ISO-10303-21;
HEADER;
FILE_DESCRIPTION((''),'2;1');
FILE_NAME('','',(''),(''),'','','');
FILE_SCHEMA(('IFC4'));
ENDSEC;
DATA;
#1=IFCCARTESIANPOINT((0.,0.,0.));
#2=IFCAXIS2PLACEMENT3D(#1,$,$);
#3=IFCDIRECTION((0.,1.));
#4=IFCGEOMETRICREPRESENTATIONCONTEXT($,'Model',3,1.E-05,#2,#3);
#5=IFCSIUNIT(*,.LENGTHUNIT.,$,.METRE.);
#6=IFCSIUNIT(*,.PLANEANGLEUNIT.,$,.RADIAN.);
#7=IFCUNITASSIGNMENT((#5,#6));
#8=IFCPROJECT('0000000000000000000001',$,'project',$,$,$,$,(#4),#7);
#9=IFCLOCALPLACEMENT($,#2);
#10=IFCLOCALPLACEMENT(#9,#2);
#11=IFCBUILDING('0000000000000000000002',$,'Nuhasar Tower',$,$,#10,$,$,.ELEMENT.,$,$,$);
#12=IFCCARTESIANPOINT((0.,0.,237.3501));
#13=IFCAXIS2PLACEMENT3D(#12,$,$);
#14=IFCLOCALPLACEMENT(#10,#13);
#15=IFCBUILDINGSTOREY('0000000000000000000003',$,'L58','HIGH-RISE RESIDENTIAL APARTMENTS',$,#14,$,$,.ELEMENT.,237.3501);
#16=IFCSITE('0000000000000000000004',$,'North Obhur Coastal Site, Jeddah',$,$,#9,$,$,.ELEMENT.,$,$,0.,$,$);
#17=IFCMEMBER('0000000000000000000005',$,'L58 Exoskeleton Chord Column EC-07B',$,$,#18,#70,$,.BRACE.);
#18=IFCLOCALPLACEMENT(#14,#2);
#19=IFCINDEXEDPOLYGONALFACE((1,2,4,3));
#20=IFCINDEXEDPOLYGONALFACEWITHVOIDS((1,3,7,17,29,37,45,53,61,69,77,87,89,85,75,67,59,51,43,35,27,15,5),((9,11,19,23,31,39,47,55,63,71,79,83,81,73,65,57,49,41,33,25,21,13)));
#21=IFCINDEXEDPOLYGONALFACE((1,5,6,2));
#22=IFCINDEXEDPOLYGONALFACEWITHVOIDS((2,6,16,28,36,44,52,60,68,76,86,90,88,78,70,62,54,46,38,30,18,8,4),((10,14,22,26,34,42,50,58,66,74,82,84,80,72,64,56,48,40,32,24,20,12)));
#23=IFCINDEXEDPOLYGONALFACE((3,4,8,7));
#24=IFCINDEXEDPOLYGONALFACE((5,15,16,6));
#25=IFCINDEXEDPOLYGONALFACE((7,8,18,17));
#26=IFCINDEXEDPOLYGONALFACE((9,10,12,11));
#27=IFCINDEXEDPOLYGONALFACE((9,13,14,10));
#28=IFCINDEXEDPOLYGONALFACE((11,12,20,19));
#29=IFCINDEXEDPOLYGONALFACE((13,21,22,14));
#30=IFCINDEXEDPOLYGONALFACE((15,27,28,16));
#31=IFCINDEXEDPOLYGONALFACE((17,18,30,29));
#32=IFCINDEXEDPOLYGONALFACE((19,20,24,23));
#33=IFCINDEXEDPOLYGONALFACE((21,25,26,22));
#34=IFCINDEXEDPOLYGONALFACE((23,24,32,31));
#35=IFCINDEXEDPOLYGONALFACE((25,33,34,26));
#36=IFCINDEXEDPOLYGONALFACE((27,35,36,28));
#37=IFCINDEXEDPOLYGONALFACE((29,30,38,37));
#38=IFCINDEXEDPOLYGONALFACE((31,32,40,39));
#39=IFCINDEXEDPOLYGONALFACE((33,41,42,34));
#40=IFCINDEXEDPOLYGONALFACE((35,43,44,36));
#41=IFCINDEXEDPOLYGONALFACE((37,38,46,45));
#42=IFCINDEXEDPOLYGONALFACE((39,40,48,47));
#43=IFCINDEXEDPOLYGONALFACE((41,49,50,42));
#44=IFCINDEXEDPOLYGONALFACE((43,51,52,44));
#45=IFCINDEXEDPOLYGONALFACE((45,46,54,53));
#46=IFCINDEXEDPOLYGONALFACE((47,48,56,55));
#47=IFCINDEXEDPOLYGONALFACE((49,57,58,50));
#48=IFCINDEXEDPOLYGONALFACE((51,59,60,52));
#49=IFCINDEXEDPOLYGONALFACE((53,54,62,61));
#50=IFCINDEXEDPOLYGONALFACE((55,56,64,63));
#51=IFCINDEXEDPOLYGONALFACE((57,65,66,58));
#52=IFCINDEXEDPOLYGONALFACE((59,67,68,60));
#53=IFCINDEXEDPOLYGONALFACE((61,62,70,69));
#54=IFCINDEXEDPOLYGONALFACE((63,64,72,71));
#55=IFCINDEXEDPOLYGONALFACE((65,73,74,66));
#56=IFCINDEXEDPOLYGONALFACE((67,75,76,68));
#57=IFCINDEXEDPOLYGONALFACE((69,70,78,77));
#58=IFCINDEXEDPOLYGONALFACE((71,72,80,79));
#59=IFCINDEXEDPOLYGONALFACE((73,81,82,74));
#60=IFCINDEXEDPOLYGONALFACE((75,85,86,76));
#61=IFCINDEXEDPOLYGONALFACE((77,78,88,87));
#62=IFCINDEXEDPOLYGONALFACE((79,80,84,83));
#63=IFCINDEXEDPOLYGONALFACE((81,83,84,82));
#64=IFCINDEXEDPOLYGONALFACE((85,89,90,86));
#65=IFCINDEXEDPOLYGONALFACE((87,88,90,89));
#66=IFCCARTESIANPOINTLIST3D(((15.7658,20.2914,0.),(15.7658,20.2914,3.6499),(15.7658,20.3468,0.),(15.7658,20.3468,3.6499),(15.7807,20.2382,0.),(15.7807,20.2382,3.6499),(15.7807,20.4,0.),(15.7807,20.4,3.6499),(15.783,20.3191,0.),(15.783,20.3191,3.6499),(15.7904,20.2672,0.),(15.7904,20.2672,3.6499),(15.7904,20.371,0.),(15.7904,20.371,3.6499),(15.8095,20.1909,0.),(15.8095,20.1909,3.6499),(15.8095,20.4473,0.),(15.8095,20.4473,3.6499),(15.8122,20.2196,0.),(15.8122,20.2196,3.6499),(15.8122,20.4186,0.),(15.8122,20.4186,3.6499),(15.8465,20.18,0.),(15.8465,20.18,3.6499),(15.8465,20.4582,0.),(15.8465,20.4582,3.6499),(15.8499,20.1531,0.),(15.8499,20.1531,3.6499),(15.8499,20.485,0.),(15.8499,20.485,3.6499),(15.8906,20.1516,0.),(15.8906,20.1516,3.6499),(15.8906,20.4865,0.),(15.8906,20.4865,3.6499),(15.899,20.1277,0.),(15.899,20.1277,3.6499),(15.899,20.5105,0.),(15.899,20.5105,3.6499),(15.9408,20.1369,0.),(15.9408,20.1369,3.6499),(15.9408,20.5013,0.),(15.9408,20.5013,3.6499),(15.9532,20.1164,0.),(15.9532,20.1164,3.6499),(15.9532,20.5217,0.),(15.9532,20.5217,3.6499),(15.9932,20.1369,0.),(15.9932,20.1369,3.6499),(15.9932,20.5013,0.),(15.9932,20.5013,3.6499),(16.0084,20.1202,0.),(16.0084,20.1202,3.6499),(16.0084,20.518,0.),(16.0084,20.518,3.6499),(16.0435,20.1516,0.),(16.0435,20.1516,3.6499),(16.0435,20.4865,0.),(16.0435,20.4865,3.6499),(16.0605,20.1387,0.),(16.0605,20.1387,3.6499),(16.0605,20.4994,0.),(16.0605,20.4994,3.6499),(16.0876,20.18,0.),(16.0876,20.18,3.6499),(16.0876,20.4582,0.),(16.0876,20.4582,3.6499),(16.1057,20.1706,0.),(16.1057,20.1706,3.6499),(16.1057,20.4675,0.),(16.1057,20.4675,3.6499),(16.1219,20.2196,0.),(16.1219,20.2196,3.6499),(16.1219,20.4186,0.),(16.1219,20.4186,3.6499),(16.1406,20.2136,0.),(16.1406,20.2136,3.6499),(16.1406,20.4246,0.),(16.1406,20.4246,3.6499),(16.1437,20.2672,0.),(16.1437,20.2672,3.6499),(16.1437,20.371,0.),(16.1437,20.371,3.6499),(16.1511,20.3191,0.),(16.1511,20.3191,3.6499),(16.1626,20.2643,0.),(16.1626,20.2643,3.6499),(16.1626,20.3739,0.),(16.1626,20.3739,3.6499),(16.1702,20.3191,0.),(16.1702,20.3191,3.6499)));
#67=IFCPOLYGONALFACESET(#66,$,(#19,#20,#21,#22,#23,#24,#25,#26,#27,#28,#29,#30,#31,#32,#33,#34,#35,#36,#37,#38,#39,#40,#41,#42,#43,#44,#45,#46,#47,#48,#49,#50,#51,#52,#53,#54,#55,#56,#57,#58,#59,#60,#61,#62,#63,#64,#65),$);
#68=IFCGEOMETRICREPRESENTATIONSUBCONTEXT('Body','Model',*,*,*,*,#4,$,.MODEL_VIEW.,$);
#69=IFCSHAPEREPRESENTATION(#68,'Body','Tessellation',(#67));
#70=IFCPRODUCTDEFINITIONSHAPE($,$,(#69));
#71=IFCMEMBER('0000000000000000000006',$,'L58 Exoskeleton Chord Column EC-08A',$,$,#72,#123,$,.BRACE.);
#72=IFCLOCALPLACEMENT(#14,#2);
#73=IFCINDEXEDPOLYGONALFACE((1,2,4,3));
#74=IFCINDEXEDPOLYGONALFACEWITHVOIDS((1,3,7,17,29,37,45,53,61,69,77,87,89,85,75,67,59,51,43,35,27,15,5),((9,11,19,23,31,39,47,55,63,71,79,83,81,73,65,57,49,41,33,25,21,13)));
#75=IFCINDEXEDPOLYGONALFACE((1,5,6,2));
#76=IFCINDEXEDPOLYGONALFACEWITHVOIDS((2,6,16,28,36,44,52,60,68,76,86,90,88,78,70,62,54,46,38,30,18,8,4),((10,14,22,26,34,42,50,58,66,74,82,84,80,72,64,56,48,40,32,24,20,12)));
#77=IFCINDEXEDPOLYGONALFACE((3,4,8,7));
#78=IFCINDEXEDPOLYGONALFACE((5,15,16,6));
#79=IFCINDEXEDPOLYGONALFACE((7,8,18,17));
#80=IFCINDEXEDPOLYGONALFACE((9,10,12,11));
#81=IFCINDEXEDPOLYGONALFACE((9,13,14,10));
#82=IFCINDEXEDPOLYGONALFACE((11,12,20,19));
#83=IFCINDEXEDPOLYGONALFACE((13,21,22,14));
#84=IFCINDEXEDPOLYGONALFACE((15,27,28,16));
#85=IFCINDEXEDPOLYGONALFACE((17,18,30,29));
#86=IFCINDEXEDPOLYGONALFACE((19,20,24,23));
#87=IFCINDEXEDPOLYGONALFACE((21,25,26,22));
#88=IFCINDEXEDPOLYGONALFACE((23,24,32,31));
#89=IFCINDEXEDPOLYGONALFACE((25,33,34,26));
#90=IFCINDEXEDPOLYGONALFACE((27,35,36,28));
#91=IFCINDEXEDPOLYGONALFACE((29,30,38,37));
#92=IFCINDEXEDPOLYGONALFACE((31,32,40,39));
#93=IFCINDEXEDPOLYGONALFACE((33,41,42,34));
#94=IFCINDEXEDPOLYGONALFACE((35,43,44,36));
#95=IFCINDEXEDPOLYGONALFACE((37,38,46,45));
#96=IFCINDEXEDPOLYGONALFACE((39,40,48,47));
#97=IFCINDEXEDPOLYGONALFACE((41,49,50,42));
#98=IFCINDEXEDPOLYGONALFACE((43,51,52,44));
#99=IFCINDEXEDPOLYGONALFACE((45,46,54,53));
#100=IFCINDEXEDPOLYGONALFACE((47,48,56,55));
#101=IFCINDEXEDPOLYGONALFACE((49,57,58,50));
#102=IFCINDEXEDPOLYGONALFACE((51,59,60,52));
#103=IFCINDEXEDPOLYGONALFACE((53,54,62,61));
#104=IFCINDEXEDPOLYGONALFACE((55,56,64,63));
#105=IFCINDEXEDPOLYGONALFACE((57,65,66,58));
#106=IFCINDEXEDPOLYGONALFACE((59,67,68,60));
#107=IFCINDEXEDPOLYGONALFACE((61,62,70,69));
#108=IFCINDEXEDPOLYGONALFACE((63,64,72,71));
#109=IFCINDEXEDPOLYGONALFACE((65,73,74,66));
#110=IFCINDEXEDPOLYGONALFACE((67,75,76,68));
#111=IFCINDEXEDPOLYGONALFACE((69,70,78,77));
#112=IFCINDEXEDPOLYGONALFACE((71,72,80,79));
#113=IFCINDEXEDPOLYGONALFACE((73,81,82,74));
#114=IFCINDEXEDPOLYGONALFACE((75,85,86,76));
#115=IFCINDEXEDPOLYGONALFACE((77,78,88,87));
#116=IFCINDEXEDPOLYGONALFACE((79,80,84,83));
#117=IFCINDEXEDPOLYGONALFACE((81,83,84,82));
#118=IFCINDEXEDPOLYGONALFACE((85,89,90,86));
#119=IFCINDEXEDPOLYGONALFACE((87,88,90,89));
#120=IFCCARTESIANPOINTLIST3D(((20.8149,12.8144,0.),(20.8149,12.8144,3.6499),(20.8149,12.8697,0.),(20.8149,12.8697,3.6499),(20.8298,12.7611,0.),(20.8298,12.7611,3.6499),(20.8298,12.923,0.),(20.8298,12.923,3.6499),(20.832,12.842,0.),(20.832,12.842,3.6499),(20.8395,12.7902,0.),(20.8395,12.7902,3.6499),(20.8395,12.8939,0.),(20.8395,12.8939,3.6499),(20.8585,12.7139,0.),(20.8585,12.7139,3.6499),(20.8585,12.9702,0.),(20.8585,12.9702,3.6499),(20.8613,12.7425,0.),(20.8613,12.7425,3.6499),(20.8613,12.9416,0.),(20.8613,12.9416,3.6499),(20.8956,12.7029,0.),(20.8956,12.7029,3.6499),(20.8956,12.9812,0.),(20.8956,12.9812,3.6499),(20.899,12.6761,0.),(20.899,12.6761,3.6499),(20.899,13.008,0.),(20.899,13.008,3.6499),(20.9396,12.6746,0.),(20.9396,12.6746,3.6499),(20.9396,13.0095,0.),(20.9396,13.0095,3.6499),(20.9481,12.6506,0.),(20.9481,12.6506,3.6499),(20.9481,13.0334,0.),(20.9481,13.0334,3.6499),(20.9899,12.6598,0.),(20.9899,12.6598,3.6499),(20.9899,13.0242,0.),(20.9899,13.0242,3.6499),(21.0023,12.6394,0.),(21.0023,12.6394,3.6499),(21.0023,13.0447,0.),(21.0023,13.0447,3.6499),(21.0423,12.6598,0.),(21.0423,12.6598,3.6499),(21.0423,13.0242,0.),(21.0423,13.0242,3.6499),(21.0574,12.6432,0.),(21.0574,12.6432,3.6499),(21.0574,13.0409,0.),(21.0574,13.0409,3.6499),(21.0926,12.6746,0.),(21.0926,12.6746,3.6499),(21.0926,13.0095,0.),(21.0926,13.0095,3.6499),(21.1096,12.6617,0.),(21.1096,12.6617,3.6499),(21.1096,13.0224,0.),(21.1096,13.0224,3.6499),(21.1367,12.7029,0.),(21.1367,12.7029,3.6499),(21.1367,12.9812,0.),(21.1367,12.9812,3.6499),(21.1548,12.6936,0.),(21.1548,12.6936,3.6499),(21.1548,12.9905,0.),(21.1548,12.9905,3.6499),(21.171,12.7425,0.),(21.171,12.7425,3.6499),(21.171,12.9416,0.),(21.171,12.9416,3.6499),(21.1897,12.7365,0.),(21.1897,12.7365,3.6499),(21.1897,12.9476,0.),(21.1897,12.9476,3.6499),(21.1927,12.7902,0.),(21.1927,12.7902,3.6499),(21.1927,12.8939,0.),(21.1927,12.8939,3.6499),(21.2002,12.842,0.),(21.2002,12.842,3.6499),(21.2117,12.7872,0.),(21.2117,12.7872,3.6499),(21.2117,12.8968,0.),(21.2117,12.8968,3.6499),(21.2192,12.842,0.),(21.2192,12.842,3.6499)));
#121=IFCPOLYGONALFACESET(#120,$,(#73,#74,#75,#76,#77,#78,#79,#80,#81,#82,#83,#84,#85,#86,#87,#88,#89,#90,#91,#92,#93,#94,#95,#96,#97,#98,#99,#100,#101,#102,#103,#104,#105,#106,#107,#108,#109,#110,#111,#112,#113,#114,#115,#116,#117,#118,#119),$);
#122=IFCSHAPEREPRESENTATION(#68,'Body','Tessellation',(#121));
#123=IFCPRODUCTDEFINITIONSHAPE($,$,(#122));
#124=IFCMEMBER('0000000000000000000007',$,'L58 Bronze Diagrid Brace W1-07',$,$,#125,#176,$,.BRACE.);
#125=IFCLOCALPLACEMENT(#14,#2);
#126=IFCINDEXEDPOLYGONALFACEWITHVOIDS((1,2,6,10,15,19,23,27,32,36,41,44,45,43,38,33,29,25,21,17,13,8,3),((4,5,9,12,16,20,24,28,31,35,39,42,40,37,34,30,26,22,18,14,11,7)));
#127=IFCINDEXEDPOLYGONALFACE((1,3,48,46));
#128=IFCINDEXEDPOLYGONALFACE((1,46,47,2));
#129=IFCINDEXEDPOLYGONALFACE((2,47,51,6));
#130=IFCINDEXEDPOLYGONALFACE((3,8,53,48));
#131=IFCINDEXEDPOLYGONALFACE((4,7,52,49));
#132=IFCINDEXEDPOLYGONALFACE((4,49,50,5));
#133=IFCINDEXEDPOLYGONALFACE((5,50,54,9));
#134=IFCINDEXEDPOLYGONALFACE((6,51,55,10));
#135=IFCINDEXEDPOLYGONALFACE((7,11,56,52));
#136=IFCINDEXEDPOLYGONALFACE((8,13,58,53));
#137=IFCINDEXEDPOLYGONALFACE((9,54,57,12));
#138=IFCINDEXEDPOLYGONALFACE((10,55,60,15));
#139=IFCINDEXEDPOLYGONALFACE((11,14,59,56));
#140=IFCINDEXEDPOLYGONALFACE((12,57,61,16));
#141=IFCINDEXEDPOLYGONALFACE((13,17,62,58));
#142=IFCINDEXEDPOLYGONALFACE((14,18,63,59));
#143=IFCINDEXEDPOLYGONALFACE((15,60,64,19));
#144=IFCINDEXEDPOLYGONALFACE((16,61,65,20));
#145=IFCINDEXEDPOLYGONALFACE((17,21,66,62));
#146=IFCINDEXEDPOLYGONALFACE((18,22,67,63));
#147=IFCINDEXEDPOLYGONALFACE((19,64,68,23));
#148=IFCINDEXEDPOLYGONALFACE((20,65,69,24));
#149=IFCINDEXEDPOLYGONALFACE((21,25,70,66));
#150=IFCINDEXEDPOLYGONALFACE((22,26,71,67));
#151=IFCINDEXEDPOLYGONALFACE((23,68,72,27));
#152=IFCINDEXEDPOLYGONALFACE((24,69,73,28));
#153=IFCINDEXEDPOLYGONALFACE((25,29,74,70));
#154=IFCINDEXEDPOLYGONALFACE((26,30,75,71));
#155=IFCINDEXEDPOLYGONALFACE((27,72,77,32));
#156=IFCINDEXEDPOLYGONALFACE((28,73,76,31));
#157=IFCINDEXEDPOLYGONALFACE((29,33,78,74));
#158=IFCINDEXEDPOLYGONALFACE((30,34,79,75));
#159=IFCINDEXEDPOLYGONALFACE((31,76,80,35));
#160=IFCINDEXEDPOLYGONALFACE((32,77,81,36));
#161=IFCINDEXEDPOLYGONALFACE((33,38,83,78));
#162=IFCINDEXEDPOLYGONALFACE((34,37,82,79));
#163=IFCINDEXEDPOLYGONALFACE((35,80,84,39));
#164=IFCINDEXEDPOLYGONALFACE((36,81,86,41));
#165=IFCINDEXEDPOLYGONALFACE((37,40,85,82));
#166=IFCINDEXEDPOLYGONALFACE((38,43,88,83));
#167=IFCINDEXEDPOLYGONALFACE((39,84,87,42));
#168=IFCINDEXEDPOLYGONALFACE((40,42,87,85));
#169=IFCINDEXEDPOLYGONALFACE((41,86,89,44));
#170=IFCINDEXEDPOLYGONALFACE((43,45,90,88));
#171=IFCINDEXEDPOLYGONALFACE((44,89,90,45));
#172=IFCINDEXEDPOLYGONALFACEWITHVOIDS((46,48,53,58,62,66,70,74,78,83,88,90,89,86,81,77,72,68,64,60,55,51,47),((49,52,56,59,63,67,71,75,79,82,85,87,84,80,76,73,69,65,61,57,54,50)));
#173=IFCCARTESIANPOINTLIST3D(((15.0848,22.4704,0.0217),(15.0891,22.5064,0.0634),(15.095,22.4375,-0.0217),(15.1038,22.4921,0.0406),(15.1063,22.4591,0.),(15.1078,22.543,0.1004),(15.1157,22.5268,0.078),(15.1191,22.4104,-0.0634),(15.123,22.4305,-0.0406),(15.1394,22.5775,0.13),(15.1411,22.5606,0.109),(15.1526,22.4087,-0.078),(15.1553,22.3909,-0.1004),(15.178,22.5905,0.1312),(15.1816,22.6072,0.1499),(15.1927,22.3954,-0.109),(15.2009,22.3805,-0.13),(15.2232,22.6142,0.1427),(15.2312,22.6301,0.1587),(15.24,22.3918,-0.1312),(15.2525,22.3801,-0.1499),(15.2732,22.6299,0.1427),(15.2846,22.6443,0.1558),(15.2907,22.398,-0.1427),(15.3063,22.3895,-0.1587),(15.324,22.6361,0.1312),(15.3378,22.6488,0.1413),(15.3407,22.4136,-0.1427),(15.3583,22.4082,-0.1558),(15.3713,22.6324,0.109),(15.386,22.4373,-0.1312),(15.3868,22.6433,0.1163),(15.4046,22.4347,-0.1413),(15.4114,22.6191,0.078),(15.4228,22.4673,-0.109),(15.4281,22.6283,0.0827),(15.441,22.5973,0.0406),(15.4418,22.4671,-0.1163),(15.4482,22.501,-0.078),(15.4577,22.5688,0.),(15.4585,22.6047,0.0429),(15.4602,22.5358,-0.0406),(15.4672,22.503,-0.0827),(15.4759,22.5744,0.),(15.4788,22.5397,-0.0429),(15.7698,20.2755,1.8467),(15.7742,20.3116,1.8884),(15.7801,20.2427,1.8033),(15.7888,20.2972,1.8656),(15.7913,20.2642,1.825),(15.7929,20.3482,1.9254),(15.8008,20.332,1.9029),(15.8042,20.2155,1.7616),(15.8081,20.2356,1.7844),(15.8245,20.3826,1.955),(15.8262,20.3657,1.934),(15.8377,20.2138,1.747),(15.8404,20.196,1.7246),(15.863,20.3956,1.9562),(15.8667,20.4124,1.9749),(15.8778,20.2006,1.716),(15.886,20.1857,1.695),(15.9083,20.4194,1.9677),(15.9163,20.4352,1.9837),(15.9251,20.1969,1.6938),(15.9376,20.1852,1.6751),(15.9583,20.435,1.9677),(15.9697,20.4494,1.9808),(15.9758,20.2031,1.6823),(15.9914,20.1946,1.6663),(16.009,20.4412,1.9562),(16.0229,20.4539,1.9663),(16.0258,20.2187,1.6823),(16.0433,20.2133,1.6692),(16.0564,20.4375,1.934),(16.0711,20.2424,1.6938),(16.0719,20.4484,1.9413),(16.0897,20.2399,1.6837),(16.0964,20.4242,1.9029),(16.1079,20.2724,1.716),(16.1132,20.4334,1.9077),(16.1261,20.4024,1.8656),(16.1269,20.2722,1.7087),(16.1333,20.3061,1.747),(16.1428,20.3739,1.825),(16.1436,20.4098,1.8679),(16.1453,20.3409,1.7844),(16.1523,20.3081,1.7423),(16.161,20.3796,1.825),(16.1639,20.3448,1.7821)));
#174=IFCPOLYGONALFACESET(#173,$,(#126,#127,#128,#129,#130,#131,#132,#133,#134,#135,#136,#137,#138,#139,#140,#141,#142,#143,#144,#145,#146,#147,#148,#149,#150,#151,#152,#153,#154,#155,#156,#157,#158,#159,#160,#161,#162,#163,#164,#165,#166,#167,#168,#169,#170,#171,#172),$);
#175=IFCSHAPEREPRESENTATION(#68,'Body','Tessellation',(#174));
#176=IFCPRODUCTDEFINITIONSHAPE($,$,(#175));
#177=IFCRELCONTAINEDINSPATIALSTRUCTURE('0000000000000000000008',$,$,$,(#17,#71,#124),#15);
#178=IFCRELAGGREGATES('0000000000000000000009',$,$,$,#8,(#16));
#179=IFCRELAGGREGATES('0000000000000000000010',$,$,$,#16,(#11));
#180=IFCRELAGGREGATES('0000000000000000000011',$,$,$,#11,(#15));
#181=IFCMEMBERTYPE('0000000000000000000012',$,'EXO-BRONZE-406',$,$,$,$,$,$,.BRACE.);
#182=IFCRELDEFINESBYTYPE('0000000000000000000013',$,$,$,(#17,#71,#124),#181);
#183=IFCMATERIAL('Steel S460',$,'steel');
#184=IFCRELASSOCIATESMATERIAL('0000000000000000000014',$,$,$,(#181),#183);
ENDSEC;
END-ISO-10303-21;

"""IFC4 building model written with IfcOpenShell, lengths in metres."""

from ifc_helpers import new_model, si_unit, direction, frame, origin, origin_2d, place, context, subcontext, project, spatial, hollow_circle, extrude, material, material_profile, profile_set, type_object, element, save


model = new_model("IFC4")

# Units and contexts
model_context = context("Model", 3, precision=1e-05, world=origin(), true_north=direction((0.0, 1.0)))
body_context = subcontext(model_context, "Body", "Model", "MODEL_VIEW")
ifc_project = project(units=[si_unit("LENGTHUNIT", "METRE"), si_unit("PLANEANGLEUNIT", "RADIAN")], contexts=[model_context])

# Site, building, storey
site_placement = place(None, origin())
site = spatial("IfcSite", under=ifc_project, at=site_placement, Name="North Obhur Coastal Site, Jeddah", CompositionType="ELEMENT", RefElevation=0.0)
building_placement = place(site_placement, origin())
building = spatial("IfcBuilding", under=site, at=building_placement, Name="Nuhasar Tower", CompositionType="ELEMENT")
storey_placement = place(building_placement, frame((0.0, 0.0, 237.3501)))
storey = spatial("IfcBuildingStorey", under=building, at=storey_placement, Name="L58", Description="HIGH-RISE RESIDENTIAL APARTMENTS", CompositionType="ELEMENT", Elevation=237.3501)

# Members
ifc_material_1 = material(Name="Steel S460", Category="steel")
ifc_material_profile_1 = material_profile(ifc_material_1, hollow_circle(Radius=0.2031, WallThickness=0.019, at=origin_2d()), Name="HSS406.4X19.1")
ifc_profile_set_1 = profile_set([ifc_material_profile_1], Name="Steel S460")
member_type_1 = type_object("IfcMemberType", Name="EXO-BRONZE-406", PredefinedType="BRACE", material=ifc_profile_set_1)
for number, where, z_axis, x_axis, name in (
    (1, (15.967, 20.3191, 0.0), (0.0, 0.0, 1.0), (1.0, 0.0, 0.0), "L58 Exoskeleton Chord Column EC-07B"),
    (2, (21.0161, 12.842, 0.0), (0.0, 0.0, 1.0), (1.0, 0.0, 0.0), "L58 Exoskeleton Chord Column EC-08A"),
):
    element("IfcMember", number, at=place(storey_placement, frame(where, z_axis=z_axis, x_axis=x_axis)), inside=storey, type_object=member_type_1, Name=name, PredefinedType="BRACE", context=body_context, shape_type="SweptSolid", body=[
        extrude(hollow_circle(Radius=0.2031, WallThickness=0.019, at=origin_2d()), origin(), (0.0, 0.0, 1.0), 3.6499),
    ])
for number, where, z_axis, x_axis, name in (
    (3, (15.282, 22.5139, 0.0), (0.233372, -0.74769, 0.621689), (0.954582, 0.297948, 0.0), "L58 Bronze Diagrid Brace W1-07"),
):
    element("IfcMember", number, at=place(storey_placement, frame(where, z_axis=z_axis, x_axis=x_axis)), inside=storey, type_object=member_type_1, Name=name, PredefinedType="BRACE", context=body_context, shape_type="SweptSolid", body=[
        extrude(hollow_circle(Radius=0.2031, WallThickness=0.019, at=origin_2d()), origin(), (0.0, 0.0, 1.0), 2.9355),
    ])

save(model, "model.ifc")
